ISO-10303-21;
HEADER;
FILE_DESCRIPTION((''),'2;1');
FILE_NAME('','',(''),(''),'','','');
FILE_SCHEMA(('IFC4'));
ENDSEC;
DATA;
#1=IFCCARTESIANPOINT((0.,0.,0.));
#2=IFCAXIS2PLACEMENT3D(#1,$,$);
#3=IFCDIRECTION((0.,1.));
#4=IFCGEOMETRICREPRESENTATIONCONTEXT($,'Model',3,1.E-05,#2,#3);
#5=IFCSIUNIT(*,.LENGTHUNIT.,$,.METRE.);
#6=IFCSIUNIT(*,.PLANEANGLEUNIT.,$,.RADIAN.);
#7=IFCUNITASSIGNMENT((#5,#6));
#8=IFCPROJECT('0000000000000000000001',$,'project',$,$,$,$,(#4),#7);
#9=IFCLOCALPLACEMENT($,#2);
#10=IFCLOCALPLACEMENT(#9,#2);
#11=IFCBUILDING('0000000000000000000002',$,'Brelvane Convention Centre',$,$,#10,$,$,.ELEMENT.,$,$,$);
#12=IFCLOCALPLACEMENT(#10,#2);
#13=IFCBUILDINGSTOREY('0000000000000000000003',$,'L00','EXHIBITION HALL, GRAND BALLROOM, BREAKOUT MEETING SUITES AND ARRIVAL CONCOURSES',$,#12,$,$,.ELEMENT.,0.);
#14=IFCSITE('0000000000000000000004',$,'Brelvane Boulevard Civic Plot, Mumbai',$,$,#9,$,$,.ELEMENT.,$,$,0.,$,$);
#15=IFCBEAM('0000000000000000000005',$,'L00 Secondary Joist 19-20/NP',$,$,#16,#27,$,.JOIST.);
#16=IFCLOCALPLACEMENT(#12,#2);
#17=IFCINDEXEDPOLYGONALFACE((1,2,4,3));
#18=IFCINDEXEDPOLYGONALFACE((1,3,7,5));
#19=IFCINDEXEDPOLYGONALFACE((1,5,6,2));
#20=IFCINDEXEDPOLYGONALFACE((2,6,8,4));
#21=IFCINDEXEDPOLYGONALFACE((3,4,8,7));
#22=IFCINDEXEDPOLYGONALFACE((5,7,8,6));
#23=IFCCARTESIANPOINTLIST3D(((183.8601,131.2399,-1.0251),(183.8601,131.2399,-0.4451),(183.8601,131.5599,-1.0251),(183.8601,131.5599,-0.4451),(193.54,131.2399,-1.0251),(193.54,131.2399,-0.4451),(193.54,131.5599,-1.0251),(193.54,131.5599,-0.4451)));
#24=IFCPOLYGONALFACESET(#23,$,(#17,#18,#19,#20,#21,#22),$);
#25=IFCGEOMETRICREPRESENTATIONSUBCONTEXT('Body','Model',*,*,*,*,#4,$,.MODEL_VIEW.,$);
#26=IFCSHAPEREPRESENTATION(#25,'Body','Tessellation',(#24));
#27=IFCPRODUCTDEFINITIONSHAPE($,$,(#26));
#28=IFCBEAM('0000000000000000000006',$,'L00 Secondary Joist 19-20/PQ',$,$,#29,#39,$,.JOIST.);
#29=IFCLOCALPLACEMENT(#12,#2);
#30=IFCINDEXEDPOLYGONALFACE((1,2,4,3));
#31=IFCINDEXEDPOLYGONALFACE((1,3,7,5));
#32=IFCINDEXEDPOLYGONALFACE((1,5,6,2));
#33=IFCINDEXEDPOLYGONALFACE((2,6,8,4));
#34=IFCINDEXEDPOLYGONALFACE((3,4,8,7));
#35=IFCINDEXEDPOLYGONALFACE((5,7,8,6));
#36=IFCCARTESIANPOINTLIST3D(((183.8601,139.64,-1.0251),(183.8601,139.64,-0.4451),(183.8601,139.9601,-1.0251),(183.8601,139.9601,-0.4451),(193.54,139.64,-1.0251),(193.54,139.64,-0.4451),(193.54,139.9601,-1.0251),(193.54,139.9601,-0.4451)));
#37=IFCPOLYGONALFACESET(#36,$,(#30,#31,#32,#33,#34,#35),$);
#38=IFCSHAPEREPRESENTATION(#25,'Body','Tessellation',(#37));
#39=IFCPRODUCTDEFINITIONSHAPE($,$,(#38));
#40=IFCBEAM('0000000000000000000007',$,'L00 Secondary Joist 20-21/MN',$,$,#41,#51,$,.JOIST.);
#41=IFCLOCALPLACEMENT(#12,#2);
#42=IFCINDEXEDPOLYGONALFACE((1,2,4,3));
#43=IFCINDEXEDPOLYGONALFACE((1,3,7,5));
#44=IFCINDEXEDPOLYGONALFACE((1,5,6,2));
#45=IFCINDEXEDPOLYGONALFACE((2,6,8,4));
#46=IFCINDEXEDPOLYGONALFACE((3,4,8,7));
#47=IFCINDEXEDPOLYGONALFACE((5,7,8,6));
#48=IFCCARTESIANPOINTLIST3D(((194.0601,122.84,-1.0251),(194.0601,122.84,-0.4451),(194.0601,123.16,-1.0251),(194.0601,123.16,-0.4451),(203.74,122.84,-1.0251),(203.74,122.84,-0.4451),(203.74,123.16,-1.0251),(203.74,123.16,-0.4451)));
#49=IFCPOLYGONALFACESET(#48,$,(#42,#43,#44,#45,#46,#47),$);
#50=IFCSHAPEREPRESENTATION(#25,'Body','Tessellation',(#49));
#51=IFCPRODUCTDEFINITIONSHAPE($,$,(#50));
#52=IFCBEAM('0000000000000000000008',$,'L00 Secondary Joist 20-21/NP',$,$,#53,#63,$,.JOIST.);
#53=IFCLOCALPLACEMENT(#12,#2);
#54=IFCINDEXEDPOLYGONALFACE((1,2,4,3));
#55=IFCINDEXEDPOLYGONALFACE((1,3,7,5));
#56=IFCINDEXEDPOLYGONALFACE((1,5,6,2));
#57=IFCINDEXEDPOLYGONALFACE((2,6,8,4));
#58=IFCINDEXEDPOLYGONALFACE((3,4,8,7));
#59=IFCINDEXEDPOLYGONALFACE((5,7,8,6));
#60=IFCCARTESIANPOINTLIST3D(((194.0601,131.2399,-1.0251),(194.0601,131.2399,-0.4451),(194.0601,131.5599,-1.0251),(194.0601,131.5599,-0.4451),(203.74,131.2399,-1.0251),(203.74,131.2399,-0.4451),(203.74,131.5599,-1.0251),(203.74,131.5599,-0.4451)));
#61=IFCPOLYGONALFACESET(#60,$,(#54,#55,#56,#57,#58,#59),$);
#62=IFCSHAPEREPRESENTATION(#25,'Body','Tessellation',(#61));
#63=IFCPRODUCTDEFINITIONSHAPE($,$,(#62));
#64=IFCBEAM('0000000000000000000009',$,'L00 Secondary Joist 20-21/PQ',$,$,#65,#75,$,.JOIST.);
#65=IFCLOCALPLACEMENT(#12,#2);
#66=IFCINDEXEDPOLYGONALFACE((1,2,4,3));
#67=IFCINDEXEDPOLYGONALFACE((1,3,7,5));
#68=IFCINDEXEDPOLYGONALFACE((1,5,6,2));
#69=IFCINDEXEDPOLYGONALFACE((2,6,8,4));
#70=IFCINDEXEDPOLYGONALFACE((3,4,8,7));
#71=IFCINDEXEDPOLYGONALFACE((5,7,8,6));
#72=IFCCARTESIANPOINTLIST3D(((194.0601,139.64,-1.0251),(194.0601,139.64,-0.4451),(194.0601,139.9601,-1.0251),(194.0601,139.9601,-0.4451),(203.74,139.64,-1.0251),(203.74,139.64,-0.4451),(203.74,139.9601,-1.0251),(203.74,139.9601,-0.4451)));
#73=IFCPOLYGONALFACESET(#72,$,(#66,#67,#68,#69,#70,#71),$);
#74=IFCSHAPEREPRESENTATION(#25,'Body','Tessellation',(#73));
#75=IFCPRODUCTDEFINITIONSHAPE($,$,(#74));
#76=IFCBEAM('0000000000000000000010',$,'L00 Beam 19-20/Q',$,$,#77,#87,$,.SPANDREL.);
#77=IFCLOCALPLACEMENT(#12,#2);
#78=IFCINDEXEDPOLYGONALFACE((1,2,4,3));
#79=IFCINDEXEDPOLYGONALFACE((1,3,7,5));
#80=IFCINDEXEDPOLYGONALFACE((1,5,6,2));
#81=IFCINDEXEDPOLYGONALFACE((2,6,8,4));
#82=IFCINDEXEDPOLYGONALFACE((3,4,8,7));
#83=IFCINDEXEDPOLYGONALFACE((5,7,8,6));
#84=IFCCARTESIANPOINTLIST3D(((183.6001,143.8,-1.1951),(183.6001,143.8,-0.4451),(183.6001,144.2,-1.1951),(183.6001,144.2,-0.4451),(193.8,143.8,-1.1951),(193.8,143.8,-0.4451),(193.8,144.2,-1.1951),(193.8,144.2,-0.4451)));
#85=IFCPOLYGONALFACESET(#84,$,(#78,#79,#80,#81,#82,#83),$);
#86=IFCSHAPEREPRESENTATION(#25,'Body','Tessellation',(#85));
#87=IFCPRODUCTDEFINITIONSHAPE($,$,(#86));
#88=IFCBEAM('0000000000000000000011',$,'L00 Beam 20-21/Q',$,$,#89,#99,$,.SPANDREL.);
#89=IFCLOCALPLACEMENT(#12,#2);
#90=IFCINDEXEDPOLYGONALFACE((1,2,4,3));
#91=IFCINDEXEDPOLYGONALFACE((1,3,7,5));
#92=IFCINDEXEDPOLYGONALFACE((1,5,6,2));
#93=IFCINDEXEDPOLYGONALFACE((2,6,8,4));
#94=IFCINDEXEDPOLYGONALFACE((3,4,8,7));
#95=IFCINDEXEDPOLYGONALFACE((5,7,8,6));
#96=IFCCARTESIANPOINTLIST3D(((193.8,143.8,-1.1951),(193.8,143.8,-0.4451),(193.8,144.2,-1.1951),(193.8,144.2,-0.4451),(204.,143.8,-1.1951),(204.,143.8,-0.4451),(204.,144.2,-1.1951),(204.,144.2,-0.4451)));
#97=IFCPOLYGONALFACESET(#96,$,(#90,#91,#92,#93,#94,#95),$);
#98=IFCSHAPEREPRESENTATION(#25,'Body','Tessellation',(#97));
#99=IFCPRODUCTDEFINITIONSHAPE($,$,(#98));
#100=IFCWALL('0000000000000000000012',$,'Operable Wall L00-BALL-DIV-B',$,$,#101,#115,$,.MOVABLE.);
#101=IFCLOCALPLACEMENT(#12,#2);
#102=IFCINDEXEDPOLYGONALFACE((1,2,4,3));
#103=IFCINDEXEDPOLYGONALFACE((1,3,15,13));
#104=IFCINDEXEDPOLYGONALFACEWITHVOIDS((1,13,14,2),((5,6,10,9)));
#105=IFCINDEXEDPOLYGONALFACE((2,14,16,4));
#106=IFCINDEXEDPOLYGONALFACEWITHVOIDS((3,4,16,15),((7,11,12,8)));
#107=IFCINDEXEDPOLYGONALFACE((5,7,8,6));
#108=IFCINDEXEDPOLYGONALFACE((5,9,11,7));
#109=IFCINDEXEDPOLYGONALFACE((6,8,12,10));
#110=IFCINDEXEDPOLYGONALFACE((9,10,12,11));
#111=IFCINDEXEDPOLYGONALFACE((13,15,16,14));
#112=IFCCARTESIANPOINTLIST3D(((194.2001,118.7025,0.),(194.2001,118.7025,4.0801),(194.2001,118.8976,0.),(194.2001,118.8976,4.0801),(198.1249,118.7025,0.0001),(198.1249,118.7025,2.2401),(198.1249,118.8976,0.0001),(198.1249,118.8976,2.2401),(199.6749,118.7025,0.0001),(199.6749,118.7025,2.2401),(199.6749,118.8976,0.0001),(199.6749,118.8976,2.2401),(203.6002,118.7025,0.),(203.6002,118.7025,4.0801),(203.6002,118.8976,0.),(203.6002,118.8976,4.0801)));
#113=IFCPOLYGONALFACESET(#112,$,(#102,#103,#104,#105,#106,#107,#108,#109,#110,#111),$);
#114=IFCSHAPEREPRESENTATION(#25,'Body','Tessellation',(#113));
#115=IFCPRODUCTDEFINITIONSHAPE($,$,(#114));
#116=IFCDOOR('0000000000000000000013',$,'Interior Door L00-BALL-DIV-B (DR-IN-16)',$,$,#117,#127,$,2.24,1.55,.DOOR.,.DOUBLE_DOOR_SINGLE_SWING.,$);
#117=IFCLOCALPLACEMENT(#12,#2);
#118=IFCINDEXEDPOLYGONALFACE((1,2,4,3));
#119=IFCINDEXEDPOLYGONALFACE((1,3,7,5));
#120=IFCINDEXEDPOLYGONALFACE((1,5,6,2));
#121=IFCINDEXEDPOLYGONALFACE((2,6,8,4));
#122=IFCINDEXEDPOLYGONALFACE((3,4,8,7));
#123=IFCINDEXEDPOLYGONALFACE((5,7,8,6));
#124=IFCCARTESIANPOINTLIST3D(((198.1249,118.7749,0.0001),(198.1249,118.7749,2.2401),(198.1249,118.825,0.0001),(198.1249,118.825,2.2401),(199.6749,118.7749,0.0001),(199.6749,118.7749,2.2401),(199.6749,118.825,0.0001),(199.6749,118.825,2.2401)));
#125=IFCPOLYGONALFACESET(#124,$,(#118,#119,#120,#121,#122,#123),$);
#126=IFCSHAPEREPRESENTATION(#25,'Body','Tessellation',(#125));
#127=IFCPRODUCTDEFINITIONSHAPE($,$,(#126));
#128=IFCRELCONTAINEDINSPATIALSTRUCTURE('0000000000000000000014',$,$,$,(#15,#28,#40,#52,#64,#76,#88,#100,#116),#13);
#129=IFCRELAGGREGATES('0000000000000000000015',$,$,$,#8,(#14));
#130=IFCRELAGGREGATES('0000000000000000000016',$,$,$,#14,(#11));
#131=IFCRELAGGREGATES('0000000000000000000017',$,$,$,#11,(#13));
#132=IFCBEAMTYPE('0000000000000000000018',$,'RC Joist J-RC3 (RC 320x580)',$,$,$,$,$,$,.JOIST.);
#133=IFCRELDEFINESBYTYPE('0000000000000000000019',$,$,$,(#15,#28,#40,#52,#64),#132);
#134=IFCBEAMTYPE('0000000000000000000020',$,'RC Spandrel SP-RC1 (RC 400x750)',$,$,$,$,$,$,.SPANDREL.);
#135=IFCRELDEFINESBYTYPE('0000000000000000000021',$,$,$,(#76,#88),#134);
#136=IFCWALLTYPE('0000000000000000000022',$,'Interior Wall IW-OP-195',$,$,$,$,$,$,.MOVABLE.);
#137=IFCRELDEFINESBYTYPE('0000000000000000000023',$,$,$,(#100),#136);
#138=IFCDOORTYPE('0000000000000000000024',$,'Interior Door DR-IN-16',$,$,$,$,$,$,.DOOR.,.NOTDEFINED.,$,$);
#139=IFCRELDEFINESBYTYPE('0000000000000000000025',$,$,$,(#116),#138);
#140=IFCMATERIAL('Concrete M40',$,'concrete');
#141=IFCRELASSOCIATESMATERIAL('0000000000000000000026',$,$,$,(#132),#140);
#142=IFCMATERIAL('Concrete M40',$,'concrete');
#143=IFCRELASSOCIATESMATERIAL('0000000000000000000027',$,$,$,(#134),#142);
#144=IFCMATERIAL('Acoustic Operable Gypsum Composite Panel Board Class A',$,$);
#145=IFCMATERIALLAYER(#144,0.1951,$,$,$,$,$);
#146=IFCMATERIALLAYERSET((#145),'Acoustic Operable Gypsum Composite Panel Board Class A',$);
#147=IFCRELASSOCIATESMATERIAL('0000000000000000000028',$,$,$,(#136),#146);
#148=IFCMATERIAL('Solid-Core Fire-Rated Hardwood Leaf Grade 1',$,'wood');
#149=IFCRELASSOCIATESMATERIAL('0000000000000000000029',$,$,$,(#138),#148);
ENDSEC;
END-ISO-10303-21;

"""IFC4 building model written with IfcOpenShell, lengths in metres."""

from ifc_helpers import new_model, si_unit, direction, frame, frame_2d, origin, origin_2d, place, context, subcontext, project, spatial, rectangle, extrude, material, layer, layer_set, material_profile, profile_set, type_object, element, fill, save


model = new_model("IFC4")

# Units and contexts
model_context = context("Model", 3, precision=1e-05, world=origin(), true_north=direction((0.0, 1.0)))
body_context = subcontext(model_context, "Body", "Model", "MODEL_VIEW")
ifc_project = project(units=[si_unit("LENGTHUNIT", "METRE"), si_unit("PLANEANGLEUNIT", "RADIAN")], contexts=[model_context])

# Site, building, storey
site_placement = place(None, origin())
site = spatial("IfcSite", under=ifc_project, at=site_placement, Name="Brelvane Boulevard Civic Plot, Mumbai", CompositionType="ELEMENT", RefElevation=0.0)
building_placement = place(site_placement, origin())
building = spatial("IfcBuilding", under=site, at=building_placement, Name="Brelvane Convention Centre", CompositionType="ELEMENT")
storey_placement = place(building_placement, origin())
storey = spatial("IfcBuildingStorey", under=building, at=storey_placement, Name="L00", Description="EXHIBITION HALL, GRAND BALLROOM, BREAKOUT MEETING SUITES AND ARRIVAL CONCOURSES", CompositionType="ELEMENT", Elevation=0.0)

# Beams
ifc_material_1 = material(Name="Concrete M40", Category="concrete")
ifc_material_profile_1 = material_profile(ifc_material_1, rectangle(XDim=0.3201, YDim=0.5801, at=origin_2d()), Name="RC 320x580")
ifc_profile_set_1 = profile_set([ifc_material_profile_1], Name="Concrete M40")
beam_type_1 = type_object("IfcBeamType", Name="RC Joist J-RC3 (RC 320x580)", PredefinedType="JOIST", material=ifc_profile_set_1)
for number, where, z_axis, x_axis, name in (
    (1, (183.8601, 131.3999, -0.7351), (1.0, 0.0, 0.0), (0.0, 1.0, 0.0), "L00 Secondary Joist 19-20/NP"),
    (2, (183.8601, 139.8, -0.7351), (1.0, 0.0, 0.0), (0.0, 1.0, 0.0), "L00 Secondary Joist 19-20/PQ"),
    (3, (194.0601, 123.0, -0.7351), (1.0, 0.0, 0.0), (0.0, 1.0, 0.0), "L00 Secondary Joist 20-21/MN"),
    (4, (194.0601, 131.3999, -0.7351), (1.0, 0.0, 0.0), (0.0, 1.0, 0.0), "L00 Secondary Joist 20-21/NP"),
    (5, (194.0601, 139.8, -0.7351), (1.0, 0.0, 0.0), (0.0, 1.0, 0.0), "L00 Secondary Joist 20-21/PQ"),
):
    element("IfcBeam", number, at=place(storey_placement, frame(where, z_axis=z_axis, x_axis=x_axis)), inside=storey, type_object=beam_type_1, Name=name, PredefinedType="JOIST", context=body_context, shape_type="SweptSolid", body=[
        extrude(rectangle(XDim=0.3201, YDim=0.5801, at=origin_2d()), origin(), (0.0, 0.0, 1.0), 9.6799),
    ])
ifc_material_2 = material(Name="Concrete M40", Category="concrete")
ifc_material_profile_2 = material_profile(ifc_material_2, rectangle(XDim=0.3999, YDim=0.75, at=origin_2d()), Name="RC 400x750")
ifc_profile_set_2 = profile_set([ifc_material_profile_2], Name="Concrete M40")
beam_type_2 = type_object("IfcBeamType", Name="RC Spandrel SP-RC1 (RC 400x750)", PredefinedType="SPANDREL", material=ifc_profile_set_2)
for number, where, z_axis, x_axis, name in (
    (6, (183.6001, 144.0, -0.8201), (1.0, 0.0, 0.0), (0.0, 1.0, 0.0), "L00 Beam 19-20/Q"),
    (7, (193.8, 144.0, -0.8201), (1.0, 0.0, 0.0), (0.0, 1.0, 0.0), "L00 Beam 20-21/Q"),
):
    element("IfcBeam", number, at=place(storey_placement, frame(where, z_axis=z_axis, x_axis=x_axis)), inside=storey, type_object=beam_type_2, Name=name, PredefinedType="SPANDREL", context=body_context, shape_type="SweptSolid", body=[
        extrude(rectangle(XDim=0.3999, YDim=0.75, at=origin_2d()), origin(), (0.0, 0.0, 1.0), 10.2),
    ])

# Wall, opening, door
ifc_material_3 = material(Name="Acoustic Operable Gypsum Composite Panel Board Class A")
ifc_layer_1 = layer(ifc_material_3, 0.1951)
ifc_layer_set_1 = layer_set([ifc_layer_1], Name="Acoustic Operable Gypsum Composite Panel Board Class A")
wall_type_1 = type_object("IfcWallType", Name="Interior Wall IW-OP-195", PredefinedType="MOVABLE", material=ifc_layer_set_1)
wall_1_placement = place(storey_placement, frame((194.2, 118.8, 0.0), z_axis=(0.0, 0.0, 1.0), x_axis=(1.0, 0.0, 0.0)))
wall_1 = element("IfcWall", 8, at=wall_1_placement, inside=storey, type_object=wall_type_1, Name="Operable Wall L00-BALL-DIV-B", PredefinedType="MOVABLE", context=body_context, shape_type="SweptSolid", body=[
    extrude(rectangle(XDim=9.4001, YDim=0.1951, at=frame_2d((4.7002, 0.0))), origin(), (0.0, 0.0, 1.0), 4.0801),
])
opening_1_placement = place(wall_1_placement, frame((3.925, 0.0, 0.0)))
opening_1 = element("IfcOpeningElement", 9, at=opening_1_placement, cuts=wall_1, PredefinedType="OPENING", context=body_context, shape_type="SweptSolid", body=[
    extrude(rectangle(XDim=1.55, YDim=2.24, at=frame_2d((0.7749, 1.1201))), frame((0.0, 0.1074, 0.0), z_axis=(0.0, -1.0, 0.0), x_axis=(1.0, 0.0, 0.0)), (0.0, 0.0, 1.0), 0.2151),
])
ifc_material_4 = material(Name="Solid-Core Fire-Rated Hardwood Leaf Grade 1", Category="wood")
door_type_1 = type_object("IfcDoorType", Name="Interior Door DR-IN-16", OperationType="NOTDEFINED", PredefinedType="DOOR", material=ifc_material_4)
door_1_placement = place(opening_1_placement, origin())
door_1 = element("IfcDoor", 10, at=door_1_placement, inside=storey, type_object=door_type_1, Name="Interior Door L00-BALL-DIV-B (DR-IN-16)", OperationType="DOUBLE_DOOR_SINGLE_SWING", OverallHeight=2.24, OverallWidth=1.55, PredefinedType="DOOR", context=body_context, shape_type="SweptSolid", body=[
    extrude(rectangle(XDim=1.55, YDim=2.24, at=frame_2d((0.7749, 1.1201))), frame((0.0, 0.0249, 0.0), z_axis=(0.0, -1.0, 0.0), x_axis=(1.0, 0.0, 0.0)), (0.0, 0.0, 1.0), 0.05),
])
fill(opening_1, door_1)

save(model, "model.ifc")
